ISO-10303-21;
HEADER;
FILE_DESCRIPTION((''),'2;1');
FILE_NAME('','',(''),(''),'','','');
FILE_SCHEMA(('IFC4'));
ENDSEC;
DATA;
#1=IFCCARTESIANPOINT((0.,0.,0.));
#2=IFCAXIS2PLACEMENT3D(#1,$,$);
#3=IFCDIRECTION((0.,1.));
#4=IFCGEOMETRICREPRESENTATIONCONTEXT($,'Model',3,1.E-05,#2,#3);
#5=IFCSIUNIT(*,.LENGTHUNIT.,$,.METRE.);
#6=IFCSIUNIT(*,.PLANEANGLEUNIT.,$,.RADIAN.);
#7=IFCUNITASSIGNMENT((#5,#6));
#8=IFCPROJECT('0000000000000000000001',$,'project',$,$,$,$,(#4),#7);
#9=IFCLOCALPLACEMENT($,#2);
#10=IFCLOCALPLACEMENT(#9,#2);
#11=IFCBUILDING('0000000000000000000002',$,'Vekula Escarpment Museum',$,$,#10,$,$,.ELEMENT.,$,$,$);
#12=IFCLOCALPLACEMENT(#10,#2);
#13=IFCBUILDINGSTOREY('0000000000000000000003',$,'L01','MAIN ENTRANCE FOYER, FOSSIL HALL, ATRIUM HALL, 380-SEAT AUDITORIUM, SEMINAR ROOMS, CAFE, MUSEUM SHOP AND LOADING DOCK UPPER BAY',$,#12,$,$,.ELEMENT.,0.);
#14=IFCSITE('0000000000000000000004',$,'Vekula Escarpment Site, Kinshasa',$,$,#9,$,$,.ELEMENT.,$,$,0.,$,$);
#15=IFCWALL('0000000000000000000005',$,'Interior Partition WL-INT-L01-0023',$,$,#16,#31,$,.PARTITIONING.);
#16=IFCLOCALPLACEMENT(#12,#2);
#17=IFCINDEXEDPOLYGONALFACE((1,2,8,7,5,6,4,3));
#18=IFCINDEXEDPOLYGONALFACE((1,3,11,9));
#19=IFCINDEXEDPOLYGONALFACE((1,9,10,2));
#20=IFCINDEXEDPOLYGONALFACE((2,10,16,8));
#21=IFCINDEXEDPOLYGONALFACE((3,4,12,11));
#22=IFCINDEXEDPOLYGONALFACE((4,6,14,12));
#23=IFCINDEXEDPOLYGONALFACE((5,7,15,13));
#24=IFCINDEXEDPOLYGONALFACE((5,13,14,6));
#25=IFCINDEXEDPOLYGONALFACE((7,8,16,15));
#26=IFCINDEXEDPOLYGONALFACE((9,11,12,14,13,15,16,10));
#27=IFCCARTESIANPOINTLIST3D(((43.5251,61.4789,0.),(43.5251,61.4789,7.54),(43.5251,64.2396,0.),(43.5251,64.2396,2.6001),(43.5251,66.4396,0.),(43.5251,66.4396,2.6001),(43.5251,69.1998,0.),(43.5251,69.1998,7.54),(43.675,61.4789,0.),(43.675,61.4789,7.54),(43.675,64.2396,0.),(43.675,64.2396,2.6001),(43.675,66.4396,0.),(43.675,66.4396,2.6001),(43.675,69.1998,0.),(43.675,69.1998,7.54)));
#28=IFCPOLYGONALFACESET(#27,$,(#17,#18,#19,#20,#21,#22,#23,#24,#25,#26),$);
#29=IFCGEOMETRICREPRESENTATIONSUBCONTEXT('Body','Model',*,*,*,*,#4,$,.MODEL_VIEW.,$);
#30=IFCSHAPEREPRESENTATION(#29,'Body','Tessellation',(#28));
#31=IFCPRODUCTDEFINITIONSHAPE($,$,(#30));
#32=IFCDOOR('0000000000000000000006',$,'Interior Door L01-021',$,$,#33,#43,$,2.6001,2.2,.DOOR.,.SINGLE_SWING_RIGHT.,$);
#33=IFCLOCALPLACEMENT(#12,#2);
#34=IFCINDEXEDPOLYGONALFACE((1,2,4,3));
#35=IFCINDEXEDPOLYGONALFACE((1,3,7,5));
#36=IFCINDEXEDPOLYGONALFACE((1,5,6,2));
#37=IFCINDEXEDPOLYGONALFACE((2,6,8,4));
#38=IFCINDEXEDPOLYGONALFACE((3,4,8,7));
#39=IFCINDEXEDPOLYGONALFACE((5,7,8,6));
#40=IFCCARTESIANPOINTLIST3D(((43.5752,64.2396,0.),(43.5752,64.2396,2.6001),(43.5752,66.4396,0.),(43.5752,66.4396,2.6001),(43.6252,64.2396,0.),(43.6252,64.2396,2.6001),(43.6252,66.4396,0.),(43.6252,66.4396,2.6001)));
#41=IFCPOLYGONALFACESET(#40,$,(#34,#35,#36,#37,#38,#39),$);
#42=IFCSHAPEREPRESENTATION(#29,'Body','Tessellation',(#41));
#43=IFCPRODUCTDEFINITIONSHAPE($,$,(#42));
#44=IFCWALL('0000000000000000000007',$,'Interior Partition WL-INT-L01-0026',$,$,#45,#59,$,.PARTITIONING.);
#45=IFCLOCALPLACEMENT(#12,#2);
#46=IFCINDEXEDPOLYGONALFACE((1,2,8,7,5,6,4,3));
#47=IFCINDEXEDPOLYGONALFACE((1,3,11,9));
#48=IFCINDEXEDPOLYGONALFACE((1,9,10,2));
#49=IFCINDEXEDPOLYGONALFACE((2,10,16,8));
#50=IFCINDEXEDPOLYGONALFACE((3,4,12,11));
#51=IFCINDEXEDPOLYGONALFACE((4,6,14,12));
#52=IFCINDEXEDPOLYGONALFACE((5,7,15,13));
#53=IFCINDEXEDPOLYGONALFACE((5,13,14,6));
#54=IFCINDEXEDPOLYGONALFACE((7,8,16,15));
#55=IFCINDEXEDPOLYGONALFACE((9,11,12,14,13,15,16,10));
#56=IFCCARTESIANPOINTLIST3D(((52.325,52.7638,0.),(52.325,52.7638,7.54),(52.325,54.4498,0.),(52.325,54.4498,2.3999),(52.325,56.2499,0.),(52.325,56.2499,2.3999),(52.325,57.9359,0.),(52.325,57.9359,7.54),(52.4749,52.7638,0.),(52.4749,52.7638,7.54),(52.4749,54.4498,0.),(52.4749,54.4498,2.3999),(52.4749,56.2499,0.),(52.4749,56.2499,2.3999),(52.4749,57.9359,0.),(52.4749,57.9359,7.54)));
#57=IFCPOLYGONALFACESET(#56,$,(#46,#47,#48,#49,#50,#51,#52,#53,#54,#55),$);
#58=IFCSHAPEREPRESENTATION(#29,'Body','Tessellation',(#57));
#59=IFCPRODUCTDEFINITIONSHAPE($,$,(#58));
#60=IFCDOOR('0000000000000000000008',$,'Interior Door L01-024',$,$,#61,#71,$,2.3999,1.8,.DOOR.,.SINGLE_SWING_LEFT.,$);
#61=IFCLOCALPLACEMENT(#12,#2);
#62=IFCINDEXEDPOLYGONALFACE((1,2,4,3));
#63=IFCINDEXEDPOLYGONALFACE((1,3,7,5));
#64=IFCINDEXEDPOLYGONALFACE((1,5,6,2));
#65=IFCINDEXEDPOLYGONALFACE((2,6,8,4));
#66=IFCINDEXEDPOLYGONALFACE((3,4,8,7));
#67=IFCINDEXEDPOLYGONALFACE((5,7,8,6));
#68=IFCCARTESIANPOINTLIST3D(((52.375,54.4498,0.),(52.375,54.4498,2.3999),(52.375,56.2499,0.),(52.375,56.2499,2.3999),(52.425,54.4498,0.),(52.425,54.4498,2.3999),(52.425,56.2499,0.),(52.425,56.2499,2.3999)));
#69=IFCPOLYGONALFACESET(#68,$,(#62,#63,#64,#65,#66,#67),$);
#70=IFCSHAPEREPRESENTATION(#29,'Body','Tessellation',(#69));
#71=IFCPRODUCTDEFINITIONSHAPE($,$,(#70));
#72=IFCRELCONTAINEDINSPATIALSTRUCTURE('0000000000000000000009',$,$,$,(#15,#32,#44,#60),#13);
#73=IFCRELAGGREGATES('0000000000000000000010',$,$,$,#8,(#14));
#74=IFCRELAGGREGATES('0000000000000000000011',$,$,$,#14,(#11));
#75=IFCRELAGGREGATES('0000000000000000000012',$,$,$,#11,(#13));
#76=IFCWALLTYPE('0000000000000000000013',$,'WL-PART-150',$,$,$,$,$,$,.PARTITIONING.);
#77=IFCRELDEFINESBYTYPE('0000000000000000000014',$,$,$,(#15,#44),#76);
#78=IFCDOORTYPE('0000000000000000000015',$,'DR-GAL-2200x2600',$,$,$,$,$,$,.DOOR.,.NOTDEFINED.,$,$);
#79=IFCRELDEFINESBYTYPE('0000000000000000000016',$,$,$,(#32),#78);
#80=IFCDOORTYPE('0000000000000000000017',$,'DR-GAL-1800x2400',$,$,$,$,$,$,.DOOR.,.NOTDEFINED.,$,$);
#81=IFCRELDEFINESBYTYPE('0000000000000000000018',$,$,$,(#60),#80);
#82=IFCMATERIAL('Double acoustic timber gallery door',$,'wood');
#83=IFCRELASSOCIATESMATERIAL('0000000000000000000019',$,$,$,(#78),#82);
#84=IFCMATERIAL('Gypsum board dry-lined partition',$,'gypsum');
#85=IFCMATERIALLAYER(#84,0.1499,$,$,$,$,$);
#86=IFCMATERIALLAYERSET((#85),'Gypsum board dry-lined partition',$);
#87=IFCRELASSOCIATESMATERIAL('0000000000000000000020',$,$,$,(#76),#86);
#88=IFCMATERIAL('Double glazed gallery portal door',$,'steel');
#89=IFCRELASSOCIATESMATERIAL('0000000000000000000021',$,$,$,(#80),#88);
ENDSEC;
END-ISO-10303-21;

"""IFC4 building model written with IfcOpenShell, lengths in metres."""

from ifc_helpers import new_model, si_unit, direction, frame, frame_2d, origin, place, context, subcontext, project, spatial, rectangle, extrude, material, layer, layer_set, type_object, element, fill, save


model = new_model("IFC4")

# Units and contexts
model_context = context("Model", 3, precision=1e-05, world=origin(), true_north=direction((0.0, 1.0)))
body_context = subcontext(model_context, "Body", "Model", "MODEL_VIEW")
ifc_project = project(units=[si_unit("LENGTHUNIT", "METRE"), si_unit("PLANEANGLEUNIT", "RADIAN")], contexts=[model_context])

# Site, building, storey
site_placement = place(None, origin())
site = spatial("IfcSite", under=ifc_project, at=site_placement, Name="Vekula Escarpment Site, Kinshasa", CompositionType="ELEMENT", RefElevation=0.0)
building_placement = place(site_placement, origin())
building = spatial("IfcBuilding", under=site, at=building_placement, Name="Vekula Escarpment Museum", CompositionType="ELEMENT")
storey_placement = place(building_placement, origin())
storey = spatial("IfcBuildingStorey", under=building, at=storey_placement, Name="L01", Description="MAIN ENTRANCE FOYER, FOSSIL HALL, ATRIUM HALL, 380-SEAT AUDITORIUM, SEMINAR ROOMS, CAFE, MUSEUM SHOP AND LOADING DOCK UPPER BAY", CompositionType="ELEMENT", Elevation=0.0)

# Walls, openings, doors
ifc_material_1 = material(Name="Double acoustic timber gallery door", Category="wood")
door_type_1 = type_object("IfcDoorType", Name="DR-GAL-2200x2600", OperationType="NOTDEFINED", PredefinedType="DOOR", material=ifc_material_1)
ifc_material_2 = material(Name="Gypsum board dry-lined partition", Category="gypsum")
ifc_layer_1 = layer(ifc_material_2, 0.1499)
ifc_layer_set_1 = layer_set([ifc_layer_1], Name="Gypsum board dry-lined partition")
wall_type_1 = type_object("IfcWallType", Name="WL-PART-150", PredefinedType="PARTITIONING", material=ifc_layer_set_1)
wall_1_placement = place(storey_placement, frame((43.6001, 61.479, 0.0), z_axis=(0.0, 0.0, 1.0), x_axis=(0.0, 1.0, 0.0)))
wall_1 = element("IfcWall", 1, at=wall_1_placement, inside=storey, type_object=wall_type_1, Name="Interior Partition WL-INT-L01-0023", PredefinedType="PARTITIONING", context=body_context, shape_type="SweptSolid", body=[
    extrude(rectangle(XDim=7.7209, YDim=0.1499, at=frame_2d((3.8604, 0.0))), origin(), (0.0, 0.0, 1.0), 7.54),
])
opening_1_placement = place(wall_1_placement, frame((2.7605, 0.0, 0.0)))
opening_1 = element("IfcOpeningElement", 2, at=opening_1_placement, cuts=wall_1, PredefinedType="OPENING", context=body_context, shape_type="SweptSolid", body=[
    extrude(rectangle(XDim=2.2, YDim=2.6001, at=frame_2d((1.1001, 1.3))), frame((0.0, 0.085, 0.0), z_axis=(0.0, -1.0, 0.0), x_axis=(1.0, 0.0, 0.0)), (0.0, 0.0, 1.0), 0.1699),
])
door_1_placement = place(opening_1_placement, origin())
door_1 = element("IfcDoor", 3, at=door_1_placement, inside=storey, type_object=door_type_1, Name="Interior Door L01-021", OperationType="SINGLE_SWING_RIGHT", OverallHeight=2.6001, OverallWidth=2.2, PredefinedType="DOOR", context=body_context, shape_type="SweptSolid", body=[
    extrude(rectangle(XDim=2.2, YDim=2.6001, at=frame_2d((1.1001, 1.3))), frame((0.0, 0.0249, 0.0), z_axis=(0.0, -1.0, 0.0), x_axis=(1.0, 0.0, 0.0)), (0.0, 0.0, 1.0), 0.05),
])
fill(opening_1, door_1)
wall_2_placement = place(storey_placement, frame((52.3999, 52.7639, 0.0), z_axis=(0.0, 0.0, 1.0), x_axis=(0.0, 1.0, 0.0)))
wall_2 = element("IfcWall", 4, at=wall_2_placement, inside=storey, type_object=wall_type_1, Name="Interior Partition WL-INT-L01-0026", PredefinedType="PARTITIONING", context=body_context, shape_type="SweptSolid", body=[
    extrude(rectangle(XDim=5.1721, YDim=0.1499, at=frame_2d((2.5859, 0.0))), origin(), (0.0, 0.0, 1.0), 7.54),
])
opening_2_placement = place(wall_2_placement, frame((1.686, 0.0, 0.0)))
opening_2 = element("IfcOpeningElement", 5, at=opening_2_placement, cuts=wall_2, PredefinedType="OPENING", context=body_context, shape_type="SweptSolid", body=[
    extrude(rectangle(XDim=1.8, YDim=2.3999, at=frame_2d((0.8999, 1.2))), frame((0.0, 0.085, 0.0), z_axis=(0.0, -1.0, 0.0), x_axis=(1.0, 0.0, 0.0)), (0.0, 0.0, 1.0), 0.1699),
])
ifc_material_3 = material(Name="Double glazed gallery portal door", Category="steel")
door_type_2 = type_object("IfcDoorType", Name="DR-GAL-1800x2400", OperationType="NOTDEFINED", PredefinedType="DOOR", material=ifc_material_3)
door_2_placement = place(opening_2_placement, origin())
door_2 = element("IfcDoor", 6, at=door_2_placement, inside=storey, type_object=door_type_2, Name="Interior Door L01-024", OperationType="SINGLE_SWING_LEFT", OverallHeight=2.3999, OverallWidth=1.8, PredefinedType="DOOR", context=body_context, shape_type="SweptSolid", body=[
    extrude(rectangle(XDim=1.8, YDim=2.3999, at=frame_2d((0.8999, 1.2))), frame((0.0, 0.0249, 0.0), z_axis=(0.0, -1.0, 0.0), x_axis=(1.0, 0.0, 0.0)), (0.0, 0.0, 1.0), 0.05),
])
fill(opening_2, door_2)

save(model, "model.ifc")
